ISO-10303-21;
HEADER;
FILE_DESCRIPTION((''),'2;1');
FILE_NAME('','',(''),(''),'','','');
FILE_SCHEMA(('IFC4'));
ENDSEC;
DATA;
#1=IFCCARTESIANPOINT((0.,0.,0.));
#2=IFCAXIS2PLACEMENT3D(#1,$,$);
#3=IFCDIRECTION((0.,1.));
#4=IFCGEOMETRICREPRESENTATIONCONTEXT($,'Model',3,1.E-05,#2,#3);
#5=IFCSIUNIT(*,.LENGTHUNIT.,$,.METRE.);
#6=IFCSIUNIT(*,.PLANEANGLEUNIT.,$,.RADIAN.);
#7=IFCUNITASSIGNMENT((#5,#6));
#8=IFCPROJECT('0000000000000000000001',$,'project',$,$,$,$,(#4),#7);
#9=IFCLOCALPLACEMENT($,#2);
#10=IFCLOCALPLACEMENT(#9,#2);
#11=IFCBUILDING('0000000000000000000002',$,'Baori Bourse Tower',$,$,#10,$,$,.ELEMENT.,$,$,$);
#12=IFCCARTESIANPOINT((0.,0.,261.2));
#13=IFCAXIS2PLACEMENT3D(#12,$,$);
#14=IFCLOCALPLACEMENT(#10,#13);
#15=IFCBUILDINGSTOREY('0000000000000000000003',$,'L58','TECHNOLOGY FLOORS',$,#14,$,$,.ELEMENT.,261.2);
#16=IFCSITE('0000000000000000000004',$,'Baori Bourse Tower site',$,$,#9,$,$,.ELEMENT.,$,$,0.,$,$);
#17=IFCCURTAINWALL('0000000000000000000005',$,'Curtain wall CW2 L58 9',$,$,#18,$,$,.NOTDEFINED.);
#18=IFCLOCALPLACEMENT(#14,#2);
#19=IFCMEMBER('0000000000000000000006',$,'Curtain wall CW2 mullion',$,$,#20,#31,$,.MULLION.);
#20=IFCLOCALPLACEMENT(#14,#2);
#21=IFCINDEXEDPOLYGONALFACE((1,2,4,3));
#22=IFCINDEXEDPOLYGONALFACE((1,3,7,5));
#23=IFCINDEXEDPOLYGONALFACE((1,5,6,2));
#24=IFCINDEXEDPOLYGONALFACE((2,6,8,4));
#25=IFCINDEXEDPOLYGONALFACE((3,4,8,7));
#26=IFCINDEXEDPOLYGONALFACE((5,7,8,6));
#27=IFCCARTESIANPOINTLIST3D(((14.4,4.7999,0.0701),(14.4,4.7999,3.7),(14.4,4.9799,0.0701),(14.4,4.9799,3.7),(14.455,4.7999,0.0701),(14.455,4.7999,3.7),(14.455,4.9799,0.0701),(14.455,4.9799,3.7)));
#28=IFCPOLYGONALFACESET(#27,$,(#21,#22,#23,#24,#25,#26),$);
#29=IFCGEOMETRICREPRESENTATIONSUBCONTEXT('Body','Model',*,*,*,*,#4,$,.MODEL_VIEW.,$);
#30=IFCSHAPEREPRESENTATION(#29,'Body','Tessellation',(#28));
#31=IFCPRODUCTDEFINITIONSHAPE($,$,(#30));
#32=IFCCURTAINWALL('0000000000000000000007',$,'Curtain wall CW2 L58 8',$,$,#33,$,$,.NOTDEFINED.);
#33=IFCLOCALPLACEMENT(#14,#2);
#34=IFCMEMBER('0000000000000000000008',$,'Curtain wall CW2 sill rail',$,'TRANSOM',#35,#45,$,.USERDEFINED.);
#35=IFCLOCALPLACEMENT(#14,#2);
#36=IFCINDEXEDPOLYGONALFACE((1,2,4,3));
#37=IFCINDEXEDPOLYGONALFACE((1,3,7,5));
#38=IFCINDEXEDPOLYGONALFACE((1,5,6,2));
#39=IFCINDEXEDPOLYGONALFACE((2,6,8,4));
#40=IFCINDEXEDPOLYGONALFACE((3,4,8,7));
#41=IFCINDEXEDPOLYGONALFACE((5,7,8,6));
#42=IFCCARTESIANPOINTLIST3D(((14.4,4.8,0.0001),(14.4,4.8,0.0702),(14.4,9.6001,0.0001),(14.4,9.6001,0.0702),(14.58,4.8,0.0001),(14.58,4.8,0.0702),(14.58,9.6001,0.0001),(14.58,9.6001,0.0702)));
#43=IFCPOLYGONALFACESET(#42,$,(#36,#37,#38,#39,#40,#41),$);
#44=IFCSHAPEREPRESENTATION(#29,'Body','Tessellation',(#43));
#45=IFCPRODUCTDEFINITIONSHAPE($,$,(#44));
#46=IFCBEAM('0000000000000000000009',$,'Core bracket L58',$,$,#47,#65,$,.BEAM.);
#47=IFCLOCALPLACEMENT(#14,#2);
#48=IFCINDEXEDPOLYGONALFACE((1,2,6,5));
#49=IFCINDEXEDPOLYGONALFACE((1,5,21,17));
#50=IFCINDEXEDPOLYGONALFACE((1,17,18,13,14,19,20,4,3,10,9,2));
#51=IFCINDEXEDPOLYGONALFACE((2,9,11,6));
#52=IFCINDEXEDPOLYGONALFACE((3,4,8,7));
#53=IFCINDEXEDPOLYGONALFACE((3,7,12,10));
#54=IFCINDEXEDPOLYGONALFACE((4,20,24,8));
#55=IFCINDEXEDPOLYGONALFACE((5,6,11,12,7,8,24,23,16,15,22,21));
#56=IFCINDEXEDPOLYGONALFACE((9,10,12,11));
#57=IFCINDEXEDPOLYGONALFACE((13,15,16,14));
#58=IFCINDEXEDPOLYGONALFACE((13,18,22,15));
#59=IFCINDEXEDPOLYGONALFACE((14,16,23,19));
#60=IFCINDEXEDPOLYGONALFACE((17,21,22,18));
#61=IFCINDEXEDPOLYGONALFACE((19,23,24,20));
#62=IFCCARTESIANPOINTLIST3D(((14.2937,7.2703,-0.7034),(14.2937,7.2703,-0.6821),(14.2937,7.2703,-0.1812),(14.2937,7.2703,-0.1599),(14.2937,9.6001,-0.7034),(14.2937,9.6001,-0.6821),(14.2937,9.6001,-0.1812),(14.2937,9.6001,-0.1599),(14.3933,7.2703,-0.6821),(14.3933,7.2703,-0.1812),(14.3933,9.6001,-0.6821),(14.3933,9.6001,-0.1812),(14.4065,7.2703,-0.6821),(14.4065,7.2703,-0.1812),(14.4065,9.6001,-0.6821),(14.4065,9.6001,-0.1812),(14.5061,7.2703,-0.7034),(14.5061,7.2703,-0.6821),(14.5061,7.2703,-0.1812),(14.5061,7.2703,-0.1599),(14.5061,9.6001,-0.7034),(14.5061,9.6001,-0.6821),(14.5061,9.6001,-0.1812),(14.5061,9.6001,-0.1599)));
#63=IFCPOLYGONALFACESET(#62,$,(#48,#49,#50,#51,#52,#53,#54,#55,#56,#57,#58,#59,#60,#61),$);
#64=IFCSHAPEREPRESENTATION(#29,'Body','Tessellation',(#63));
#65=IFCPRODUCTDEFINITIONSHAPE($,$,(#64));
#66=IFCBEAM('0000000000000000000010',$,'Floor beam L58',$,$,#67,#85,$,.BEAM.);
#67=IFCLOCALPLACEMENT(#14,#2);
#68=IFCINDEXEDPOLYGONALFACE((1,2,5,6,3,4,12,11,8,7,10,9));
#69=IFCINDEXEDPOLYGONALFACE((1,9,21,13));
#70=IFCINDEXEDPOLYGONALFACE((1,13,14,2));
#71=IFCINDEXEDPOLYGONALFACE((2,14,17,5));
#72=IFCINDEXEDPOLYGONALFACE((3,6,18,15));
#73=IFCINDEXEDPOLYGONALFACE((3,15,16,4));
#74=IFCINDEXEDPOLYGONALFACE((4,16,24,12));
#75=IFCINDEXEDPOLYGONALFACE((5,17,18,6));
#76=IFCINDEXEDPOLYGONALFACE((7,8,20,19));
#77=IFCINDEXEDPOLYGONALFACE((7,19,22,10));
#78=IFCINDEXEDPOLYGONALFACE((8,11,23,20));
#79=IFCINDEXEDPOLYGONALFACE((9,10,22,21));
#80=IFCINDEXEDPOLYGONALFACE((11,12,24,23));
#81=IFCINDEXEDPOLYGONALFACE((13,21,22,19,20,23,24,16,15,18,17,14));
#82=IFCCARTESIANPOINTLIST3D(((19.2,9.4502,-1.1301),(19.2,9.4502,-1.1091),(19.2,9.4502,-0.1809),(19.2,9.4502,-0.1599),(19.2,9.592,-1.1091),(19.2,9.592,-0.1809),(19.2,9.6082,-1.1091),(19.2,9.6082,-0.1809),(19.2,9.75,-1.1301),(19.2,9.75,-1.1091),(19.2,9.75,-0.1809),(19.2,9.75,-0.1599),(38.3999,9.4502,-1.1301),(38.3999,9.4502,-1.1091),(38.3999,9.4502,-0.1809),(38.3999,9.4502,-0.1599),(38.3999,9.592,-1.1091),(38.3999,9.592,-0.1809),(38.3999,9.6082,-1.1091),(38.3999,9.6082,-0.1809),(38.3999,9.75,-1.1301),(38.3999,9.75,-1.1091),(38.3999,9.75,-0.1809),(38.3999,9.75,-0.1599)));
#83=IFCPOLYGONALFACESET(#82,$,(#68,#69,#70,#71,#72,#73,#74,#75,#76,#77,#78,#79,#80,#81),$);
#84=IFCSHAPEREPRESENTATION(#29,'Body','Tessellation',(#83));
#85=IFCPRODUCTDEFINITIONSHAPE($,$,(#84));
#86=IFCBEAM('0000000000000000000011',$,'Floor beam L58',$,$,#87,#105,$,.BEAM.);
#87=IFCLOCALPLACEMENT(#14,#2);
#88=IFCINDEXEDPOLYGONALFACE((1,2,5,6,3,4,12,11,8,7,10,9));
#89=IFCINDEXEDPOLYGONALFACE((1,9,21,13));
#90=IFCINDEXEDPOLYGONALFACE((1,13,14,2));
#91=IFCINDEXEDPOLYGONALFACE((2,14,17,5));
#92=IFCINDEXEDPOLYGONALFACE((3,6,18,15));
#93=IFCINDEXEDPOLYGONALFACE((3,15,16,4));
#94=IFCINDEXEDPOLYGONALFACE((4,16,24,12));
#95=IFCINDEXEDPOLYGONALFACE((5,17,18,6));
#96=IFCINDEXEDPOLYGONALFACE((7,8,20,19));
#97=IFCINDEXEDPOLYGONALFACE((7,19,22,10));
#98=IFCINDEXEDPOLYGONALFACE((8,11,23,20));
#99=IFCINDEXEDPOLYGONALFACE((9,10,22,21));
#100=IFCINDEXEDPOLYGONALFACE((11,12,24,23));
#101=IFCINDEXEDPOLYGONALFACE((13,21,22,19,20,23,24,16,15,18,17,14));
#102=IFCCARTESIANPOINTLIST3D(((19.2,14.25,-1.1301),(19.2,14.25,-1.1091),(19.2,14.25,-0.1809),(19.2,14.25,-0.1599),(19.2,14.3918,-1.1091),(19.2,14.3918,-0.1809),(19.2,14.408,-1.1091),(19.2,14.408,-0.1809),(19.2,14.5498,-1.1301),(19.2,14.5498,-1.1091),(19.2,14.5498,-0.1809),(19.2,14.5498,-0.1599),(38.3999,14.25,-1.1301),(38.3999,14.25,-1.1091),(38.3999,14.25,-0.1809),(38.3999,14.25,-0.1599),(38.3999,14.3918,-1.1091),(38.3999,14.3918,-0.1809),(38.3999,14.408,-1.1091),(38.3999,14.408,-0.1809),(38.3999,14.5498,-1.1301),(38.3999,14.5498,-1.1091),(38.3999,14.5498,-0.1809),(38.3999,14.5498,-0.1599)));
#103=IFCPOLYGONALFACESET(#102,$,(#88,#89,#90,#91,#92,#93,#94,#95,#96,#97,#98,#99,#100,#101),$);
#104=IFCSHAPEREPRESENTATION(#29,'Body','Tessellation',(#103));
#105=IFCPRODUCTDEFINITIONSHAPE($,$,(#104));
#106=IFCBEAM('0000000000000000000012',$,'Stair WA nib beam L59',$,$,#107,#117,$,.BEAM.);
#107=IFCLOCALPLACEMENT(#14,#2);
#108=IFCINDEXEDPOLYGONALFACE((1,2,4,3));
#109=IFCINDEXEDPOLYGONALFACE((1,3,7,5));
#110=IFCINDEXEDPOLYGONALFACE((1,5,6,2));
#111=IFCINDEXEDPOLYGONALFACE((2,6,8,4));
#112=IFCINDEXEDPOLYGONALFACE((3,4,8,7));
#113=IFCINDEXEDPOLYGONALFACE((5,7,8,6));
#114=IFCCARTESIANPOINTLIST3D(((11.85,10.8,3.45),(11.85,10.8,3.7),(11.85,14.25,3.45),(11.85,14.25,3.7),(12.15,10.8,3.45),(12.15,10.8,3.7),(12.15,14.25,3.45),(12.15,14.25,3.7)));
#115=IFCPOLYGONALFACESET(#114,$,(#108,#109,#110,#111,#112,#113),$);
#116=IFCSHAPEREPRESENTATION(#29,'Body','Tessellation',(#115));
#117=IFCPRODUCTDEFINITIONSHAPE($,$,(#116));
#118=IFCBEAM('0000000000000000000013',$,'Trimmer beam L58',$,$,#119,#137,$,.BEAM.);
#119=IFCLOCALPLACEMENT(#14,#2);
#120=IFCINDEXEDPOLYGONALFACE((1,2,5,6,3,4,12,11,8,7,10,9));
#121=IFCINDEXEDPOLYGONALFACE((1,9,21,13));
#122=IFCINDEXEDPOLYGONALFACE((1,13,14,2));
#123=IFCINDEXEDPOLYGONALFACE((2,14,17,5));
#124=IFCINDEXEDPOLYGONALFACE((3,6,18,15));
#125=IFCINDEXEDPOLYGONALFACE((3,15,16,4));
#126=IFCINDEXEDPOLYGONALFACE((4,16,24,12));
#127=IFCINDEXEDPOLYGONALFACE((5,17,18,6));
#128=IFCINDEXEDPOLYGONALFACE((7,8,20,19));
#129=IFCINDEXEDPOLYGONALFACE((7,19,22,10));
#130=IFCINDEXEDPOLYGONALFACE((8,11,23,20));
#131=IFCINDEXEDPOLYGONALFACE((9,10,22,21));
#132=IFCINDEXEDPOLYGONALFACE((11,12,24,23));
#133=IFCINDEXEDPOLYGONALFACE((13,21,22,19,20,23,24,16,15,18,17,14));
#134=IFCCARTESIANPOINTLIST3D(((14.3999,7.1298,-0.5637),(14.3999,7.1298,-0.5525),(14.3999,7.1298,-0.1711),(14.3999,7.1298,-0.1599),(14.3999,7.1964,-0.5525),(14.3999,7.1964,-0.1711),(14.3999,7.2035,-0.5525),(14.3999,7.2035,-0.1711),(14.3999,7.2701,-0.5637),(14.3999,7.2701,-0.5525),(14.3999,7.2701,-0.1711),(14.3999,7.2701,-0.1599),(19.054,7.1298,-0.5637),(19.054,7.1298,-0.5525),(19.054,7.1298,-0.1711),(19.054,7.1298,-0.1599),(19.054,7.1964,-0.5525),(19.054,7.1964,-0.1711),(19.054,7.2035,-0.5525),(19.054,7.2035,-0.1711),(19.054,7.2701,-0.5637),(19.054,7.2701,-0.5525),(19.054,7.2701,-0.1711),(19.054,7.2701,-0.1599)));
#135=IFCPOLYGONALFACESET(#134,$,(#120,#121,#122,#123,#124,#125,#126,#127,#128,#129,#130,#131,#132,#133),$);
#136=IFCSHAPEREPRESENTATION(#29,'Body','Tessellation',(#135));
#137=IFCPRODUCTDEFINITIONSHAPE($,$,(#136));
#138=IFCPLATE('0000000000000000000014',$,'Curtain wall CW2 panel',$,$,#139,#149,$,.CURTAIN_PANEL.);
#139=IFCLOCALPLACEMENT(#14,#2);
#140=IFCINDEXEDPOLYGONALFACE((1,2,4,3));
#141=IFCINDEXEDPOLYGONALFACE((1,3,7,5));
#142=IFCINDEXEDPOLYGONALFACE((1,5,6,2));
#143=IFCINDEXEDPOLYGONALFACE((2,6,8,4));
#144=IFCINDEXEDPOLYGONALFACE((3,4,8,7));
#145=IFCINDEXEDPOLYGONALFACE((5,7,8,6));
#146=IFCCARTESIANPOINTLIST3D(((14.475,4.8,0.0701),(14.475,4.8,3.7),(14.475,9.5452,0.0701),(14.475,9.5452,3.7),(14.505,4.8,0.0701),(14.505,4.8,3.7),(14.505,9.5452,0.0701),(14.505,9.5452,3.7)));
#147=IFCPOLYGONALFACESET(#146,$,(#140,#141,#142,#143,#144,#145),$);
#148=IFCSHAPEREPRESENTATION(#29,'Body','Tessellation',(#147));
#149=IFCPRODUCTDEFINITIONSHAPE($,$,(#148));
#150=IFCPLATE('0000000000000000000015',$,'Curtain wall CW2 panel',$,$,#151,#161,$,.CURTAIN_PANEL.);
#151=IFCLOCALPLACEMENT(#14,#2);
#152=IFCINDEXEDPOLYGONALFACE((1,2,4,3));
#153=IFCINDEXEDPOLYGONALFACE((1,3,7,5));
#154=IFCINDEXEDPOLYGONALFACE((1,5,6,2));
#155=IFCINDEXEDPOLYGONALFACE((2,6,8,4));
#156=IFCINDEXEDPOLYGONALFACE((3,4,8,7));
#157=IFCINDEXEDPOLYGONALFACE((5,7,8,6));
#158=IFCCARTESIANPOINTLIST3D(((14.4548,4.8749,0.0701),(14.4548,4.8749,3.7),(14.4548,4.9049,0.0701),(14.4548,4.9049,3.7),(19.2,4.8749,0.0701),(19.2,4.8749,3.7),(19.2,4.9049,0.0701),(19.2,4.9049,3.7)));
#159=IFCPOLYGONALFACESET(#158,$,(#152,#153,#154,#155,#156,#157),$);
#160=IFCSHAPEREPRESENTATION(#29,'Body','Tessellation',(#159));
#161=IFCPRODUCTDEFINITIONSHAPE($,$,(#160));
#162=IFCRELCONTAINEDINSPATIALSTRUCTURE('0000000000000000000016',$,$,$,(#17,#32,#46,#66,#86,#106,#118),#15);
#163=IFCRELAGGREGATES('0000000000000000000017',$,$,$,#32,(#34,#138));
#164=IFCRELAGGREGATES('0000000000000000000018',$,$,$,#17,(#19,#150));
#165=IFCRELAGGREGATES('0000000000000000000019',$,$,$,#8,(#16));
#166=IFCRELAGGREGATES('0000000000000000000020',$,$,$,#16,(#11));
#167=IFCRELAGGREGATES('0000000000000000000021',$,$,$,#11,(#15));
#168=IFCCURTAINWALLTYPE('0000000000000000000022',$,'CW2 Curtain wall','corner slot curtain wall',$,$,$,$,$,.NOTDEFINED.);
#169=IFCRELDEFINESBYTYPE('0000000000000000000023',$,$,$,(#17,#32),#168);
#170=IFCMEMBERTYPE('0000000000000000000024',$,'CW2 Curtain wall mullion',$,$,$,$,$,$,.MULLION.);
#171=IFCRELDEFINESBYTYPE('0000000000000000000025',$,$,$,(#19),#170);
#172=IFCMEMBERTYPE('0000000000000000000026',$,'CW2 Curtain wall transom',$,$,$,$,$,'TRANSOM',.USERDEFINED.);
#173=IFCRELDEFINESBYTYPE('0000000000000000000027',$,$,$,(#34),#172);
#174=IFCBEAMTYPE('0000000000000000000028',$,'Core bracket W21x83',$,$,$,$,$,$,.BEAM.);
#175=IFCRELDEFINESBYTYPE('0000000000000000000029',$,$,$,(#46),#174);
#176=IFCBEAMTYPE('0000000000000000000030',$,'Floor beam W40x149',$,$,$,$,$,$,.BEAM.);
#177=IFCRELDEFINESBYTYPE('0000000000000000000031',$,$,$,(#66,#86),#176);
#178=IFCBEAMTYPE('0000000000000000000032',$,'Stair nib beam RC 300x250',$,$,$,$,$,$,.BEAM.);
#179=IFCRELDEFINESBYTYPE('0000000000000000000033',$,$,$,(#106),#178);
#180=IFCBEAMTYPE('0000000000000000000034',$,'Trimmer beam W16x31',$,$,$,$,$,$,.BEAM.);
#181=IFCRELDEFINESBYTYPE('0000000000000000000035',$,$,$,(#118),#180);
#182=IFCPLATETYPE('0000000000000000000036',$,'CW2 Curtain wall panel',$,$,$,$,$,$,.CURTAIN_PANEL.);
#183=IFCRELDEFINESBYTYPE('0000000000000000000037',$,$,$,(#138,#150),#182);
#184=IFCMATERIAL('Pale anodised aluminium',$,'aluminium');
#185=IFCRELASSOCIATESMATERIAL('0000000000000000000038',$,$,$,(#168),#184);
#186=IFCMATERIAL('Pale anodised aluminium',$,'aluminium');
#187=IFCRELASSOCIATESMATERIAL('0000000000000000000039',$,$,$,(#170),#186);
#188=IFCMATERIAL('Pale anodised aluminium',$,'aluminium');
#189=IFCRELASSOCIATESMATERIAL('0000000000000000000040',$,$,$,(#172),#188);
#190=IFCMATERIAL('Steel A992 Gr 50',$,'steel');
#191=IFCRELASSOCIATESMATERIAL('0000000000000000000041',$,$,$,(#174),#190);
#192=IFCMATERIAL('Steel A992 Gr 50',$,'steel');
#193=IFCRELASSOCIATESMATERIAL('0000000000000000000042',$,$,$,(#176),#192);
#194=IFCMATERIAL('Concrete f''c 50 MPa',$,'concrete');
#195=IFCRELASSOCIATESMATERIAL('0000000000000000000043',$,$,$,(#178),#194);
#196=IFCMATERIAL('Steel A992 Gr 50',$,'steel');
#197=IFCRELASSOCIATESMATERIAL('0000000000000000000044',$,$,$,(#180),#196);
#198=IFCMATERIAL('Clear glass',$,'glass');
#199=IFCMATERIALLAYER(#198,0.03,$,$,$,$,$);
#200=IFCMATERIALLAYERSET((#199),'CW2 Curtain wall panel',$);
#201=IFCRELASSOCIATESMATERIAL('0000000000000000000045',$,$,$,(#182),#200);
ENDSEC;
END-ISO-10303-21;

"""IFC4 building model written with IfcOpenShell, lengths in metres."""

from ifc_helpers import new_model, si_unit, direction, frame, origin, origin_2d, place, context, subcontext, project, spatial, rectangle, i_section, extrude, material, layer, layer_set, material_profile, profile_set, type_object, element, aggregate, save


model = new_model("IFC4")

# Units and contexts
model_context = context("Model", 3, precision=1e-05, world=origin(), true_north=direction((0.0, 1.0)))
body_context = subcontext(model_context, "Body", "Model", "MODEL_VIEW")
ifc_project = project(units=[si_unit("LENGTHUNIT", "METRE"), si_unit("PLANEANGLEUNIT", "RADIAN")], contexts=[model_context])

# Site, building, storey
site_placement = place(None, origin())
site = spatial("IfcSite", under=ifc_project, at=site_placement, Name="Baori Bourse Tower site", CompositionType="ELEMENT", RefElevation=0.0)
building_placement = place(site_placement, origin())
building = spatial("IfcBuilding", under=site, at=building_placement, Name="Baori Bourse Tower", CompositionType="ELEMENT")
storey_placement = place(building_placement, frame((0.0, 0.0, 261.2)))
storey = spatial("IfcBuildingStorey", under=building, at=storey_placement, Name="L58", Description="TECHNOLOGY FLOORS", CompositionType="ELEMENT", Elevation=261.2)

# Curtain walls, members
ifc_material_1 = material(Name="Pale anodised aluminium", Category="aluminium")
curtain_wall_type = type_object("IfcCurtainWallType", Name="CW2 Curtain wall", Description="corner slot curtain wall", PredefinedType="NOTDEFINED", material=ifc_material_1)
curtain_wall_1_placement = place(storey_placement, origin())
curtain_wall_1 = element("IfcCurtainWall", 1, at=curtain_wall_1_placement, inside=storey, type_object=curtain_wall_type, Name="Curtain wall CW2 L58 9", PredefinedType="NOTDEFINED")
ifc_material_2 = material(Name="Pale anodised aluminium", Category="aluminium")
ifc_material_profile_1 = material_profile(ifc_material_2, rectangle(XDim=0.1799, YDim=0.0549, at=origin_2d()), Name="Mullion 55x180")
ifc_profile_set_1 = profile_set([ifc_material_profile_1], Name="Pale anodised aluminium")
member_type_1 = type_object("IfcMemberType", Name="CW2 Curtain wall mullion", PredefinedType="MULLION", material=ifc_profile_set_1)
member_1_placement = place(storey_placement, frame((14.4275, 4.8899, 0.0701), z_axis=(0.0, 0.0, 1.0), x_axis=(0.0, 1.0, 0.0)))
member_1 = element("IfcMember", 2, at=member_1_placement, type_object=member_type_1, Name="Curtain wall CW2 mullion", PredefinedType="MULLION", context=body_context, shape_type="SweptSolid", body=[
    extrude(rectangle(XDim=0.1799, YDim=0.0549, at=origin_2d()), origin(), (0.0, 0.0, 1.0), 3.6299),
])
curtain_wall_2_placement = place(storey_placement, origin())
curtain_wall_2 = element("IfcCurtainWall", 3, at=curtain_wall_2_placement, inside=storey, type_object=curtain_wall_type, Name="Curtain wall CW2 L58 8", PredefinedType="NOTDEFINED")
ifc_material_3 = material(Name="Pale anodised aluminium", Category="aluminium")
ifc_material_profile_2 = material_profile(ifc_material_3, rectangle(XDim=0.1799, YDim=0.0701, at=origin_2d()), Name="Transom 70x180")
ifc_profile_set_2 = profile_set([ifc_material_profile_2], Name="Pale anodised aluminium")
member_type_2 = type_object("IfcMemberType", Name="CW2 Curtain wall transom", ElementType="TRANSOM", PredefinedType="USERDEFINED", material=ifc_profile_set_2)
member_2_placement = place(storey_placement, frame((14.49, 9.6001, 0.0352), z_axis=(0.0, -1.0, 0.0), x_axis=(1.0, 0.0, 0.0)))
member_2 = element("IfcMember", 4, at=member_2_placement, type_object=member_type_2, Name="Curtain wall CW2 sill rail", ObjectType="TRANSOM", PredefinedType="USERDEFINED", context=body_context, shape_type="SweptSolid", body=[
    extrude(rectangle(XDim=0.1799, YDim=0.0701, at=origin_2d()), origin(), (0.0, 0.0, 1.0), 4.8),
])

# Beams
ifc_material_4 = material(Name="Steel A992 Gr 50", Category="steel")
ifc_material_profile_3 = material_profile(ifc_material_4, i_section(OverallWidth=0.2124, OverallDepth=0.5435, WebThickness=0.0132, FlangeThickness=0.0212, at=origin_2d()), Name="W21x83")
ifc_profile_set_3 = profile_set([ifc_material_profile_3], Name="Steel A992 Gr 50")
beam_type_1 = type_object("IfcBeamType", Name="Core bracket W21x83", PredefinedType="BEAM", material=ifc_profile_set_3)
beam_1_placement = place(storey_placement, frame((14.3999, 7.2703, -0.4316), z_axis=(0.0, 1.0, 0.0), x_axis=(-1.0, 0.0, 0.0)))
element("IfcBeam", 5, at=beam_1_placement, inside=storey, type_object=beam_type_1, Name="Core bracket L58", PredefinedType="BEAM", context=body_context, shape_type="SweptSolid", body=[
    extrude(i_section(OverallWidth=0.2124, OverallDepth=0.5435, WebThickness=0.0132, FlangeThickness=0.0212, at=origin_2d()), origin(), (0.0, 0.0, 1.0), 2.3298),
])
ifc_material_5 = material(Name="Steel A992 Gr 50", Category="steel")
ifc_material_profile_4 = material_profile(ifc_material_5, i_section(OverallWidth=0.2998, OverallDepth=0.9702, WebThickness=0.0161, FlangeThickness=0.021, at=origin_2d()), Name="W40x149")
ifc_profile_set_4 = profile_set([ifc_material_profile_4], Name="Steel A992 Gr 50")
beam_type_2 = type_object("IfcBeamType", Name="Floor beam W40x149", PredefinedType="BEAM", material=ifc_profile_set_4)
for number, where, z_axis, x_axis, name in (
    (6, (19.2, 9.6001, -0.645), (1.0, 0.0, 0.0), (0.0, 1.0, 0.0), "Floor beam L58"),
    (7, (19.2, 14.3999, -0.645), (1.0, 0.0, 0.0), (0.0, 1.0, 0.0), "Floor beam L58"),
):
    element("IfcBeam", number, at=place(storey_placement, frame(where, z_axis=z_axis, x_axis=x_axis)), inside=storey, type_object=beam_type_2, Name=name, PredefinedType="BEAM", context=body_context, shape_type="SweptSolid", body=[
        extrude(i_section(OverallWidth=0.2998, OverallDepth=0.9702, WebThickness=0.0161, FlangeThickness=0.021, at=origin_2d()), origin(), (0.0, 0.0, 1.0), 19.2),
    ])
ifc_material_6 = material(Name="Concrete f'c 50 MPa", Category="concrete")
ifc_material_profile_5 = material_profile(ifc_material_6, rectangle(XDim=0.3, YDim=0.25, at=origin_2d()), Name="RC 300x250")
ifc_profile_set_5 = profile_set([ifc_material_profile_5], Name="Concrete f'c 50 MPa")
beam_type_3 = type_object("IfcBeamType", Name="Stair nib beam RC 300x250", PredefinedType="BEAM", material=ifc_profile_set_5)
beam_2_placement = place(storey_placement, frame((12.0, 10.8, 3.575), z_axis=(0.0, 1.0, 0.0), x_axis=(-1.0, 0.0, 0.0)))
element("IfcBeam", 8, at=beam_2_placement, inside=storey, type_object=beam_type_3, Name="Stair WA nib beam L59", PredefinedType="BEAM", context=body_context, shape_type="SweptSolid", body=[
    extrude(rectangle(XDim=0.3, YDim=0.25, at=origin_2d()), origin(), (0.0, 0.0, 1.0), 3.45),
])
ifc_material_7 = material(Name="Steel A992 Gr 50", Category="steel")
ifc_material_profile_6 = material_profile(ifc_material_7, i_section(OverallWidth=0.1404, OverallDepth=0.4038, WebThickness=0.0071, FlangeThickness=0.0112, at=origin_2d()), Name="W16x31")
ifc_profile_set_6 = profile_set([ifc_material_profile_6], Name="Steel A992 Gr 50")
beam_type_4 = type_object("IfcBeamType", Name="Trimmer beam W16x31", PredefinedType="BEAM", material=ifc_profile_set_6)
beam_3_placement = place(storey_placement, frame((14.3999, 7.2, -0.3618), z_axis=(1.0, 0.0, 0.0), x_axis=(0.0, 1.0, 0.0)))
element("IfcBeam", 9, at=beam_3_placement, inside=storey, type_object=beam_type_4, Name="Trimmer beam L58", PredefinedType="BEAM", context=body_context, shape_type="SweptSolid", body=[
    extrude(i_section(OverallWidth=0.1404, OverallDepth=0.4038, WebThickness=0.0071, FlangeThickness=0.0112, at=origin_2d()), origin(), (0.0, 0.0, 1.0), 4.6541),
])

# Plates
ifc_material_8 = material(Name="Clear glass", Category="glass")
ifc_layer_1 = layer(ifc_material_8, 0.03)
ifc_layer_set_1 = layer_set([ifc_layer_1], Name="CW2 Curtain wall panel")
plate_type = type_object("IfcPlateType", Name="CW2 Curtain wall panel", PredefinedType="CURTAIN_PANEL", material=ifc_layer_set_1)
plate_1_placement = place(storey_placement, frame((14.49, 7.1726, 0.0701), z_axis=(0.0, 0.0, 1.0), x_axis=(0.0, -1.0, 0.0)))
plate_1 = element("IfcPlate", 10, at=plate_1_placement, type_object=plate_type, Name="Curtain wall CW2 panel", PredefinedType="CURTAIN_PANEL", context=body_context, shape_type="SweptSolid", body=[
    extrude(rectangle(XDim=4.7451, YDim=0.03, at=origin_2d()), origin(), (0.0, 0.0, 1.0), 3.6299),
])
aggregate(curtain_wall_2, [member_2, plate_1])
plate_2_placement = place(storey_placement, frame((16.8274, 4.8899, 0.0701), z_axis=(0.0, 0.0, 1.0), x_axis=(1.0, 0.0, 0.0)))
plate_2 = element("IfcPlate", 11, at=plate_2_placement, type_object=plate_type, Name="Curtain wall CW2 panel", PredefinedType="CURTAIN_PANEL", context=body_context, shape_type="SweptSolid", body=[
    extrude(rectangle(XDim=4.7451, YDim=0.03, at=origin_2d()), origin(), (0.0, 0.0, 1.0), 3.6299),
])
aggregate(curtain_wall_1, [member_1, plate_2])

save(model, "model.ifc")
